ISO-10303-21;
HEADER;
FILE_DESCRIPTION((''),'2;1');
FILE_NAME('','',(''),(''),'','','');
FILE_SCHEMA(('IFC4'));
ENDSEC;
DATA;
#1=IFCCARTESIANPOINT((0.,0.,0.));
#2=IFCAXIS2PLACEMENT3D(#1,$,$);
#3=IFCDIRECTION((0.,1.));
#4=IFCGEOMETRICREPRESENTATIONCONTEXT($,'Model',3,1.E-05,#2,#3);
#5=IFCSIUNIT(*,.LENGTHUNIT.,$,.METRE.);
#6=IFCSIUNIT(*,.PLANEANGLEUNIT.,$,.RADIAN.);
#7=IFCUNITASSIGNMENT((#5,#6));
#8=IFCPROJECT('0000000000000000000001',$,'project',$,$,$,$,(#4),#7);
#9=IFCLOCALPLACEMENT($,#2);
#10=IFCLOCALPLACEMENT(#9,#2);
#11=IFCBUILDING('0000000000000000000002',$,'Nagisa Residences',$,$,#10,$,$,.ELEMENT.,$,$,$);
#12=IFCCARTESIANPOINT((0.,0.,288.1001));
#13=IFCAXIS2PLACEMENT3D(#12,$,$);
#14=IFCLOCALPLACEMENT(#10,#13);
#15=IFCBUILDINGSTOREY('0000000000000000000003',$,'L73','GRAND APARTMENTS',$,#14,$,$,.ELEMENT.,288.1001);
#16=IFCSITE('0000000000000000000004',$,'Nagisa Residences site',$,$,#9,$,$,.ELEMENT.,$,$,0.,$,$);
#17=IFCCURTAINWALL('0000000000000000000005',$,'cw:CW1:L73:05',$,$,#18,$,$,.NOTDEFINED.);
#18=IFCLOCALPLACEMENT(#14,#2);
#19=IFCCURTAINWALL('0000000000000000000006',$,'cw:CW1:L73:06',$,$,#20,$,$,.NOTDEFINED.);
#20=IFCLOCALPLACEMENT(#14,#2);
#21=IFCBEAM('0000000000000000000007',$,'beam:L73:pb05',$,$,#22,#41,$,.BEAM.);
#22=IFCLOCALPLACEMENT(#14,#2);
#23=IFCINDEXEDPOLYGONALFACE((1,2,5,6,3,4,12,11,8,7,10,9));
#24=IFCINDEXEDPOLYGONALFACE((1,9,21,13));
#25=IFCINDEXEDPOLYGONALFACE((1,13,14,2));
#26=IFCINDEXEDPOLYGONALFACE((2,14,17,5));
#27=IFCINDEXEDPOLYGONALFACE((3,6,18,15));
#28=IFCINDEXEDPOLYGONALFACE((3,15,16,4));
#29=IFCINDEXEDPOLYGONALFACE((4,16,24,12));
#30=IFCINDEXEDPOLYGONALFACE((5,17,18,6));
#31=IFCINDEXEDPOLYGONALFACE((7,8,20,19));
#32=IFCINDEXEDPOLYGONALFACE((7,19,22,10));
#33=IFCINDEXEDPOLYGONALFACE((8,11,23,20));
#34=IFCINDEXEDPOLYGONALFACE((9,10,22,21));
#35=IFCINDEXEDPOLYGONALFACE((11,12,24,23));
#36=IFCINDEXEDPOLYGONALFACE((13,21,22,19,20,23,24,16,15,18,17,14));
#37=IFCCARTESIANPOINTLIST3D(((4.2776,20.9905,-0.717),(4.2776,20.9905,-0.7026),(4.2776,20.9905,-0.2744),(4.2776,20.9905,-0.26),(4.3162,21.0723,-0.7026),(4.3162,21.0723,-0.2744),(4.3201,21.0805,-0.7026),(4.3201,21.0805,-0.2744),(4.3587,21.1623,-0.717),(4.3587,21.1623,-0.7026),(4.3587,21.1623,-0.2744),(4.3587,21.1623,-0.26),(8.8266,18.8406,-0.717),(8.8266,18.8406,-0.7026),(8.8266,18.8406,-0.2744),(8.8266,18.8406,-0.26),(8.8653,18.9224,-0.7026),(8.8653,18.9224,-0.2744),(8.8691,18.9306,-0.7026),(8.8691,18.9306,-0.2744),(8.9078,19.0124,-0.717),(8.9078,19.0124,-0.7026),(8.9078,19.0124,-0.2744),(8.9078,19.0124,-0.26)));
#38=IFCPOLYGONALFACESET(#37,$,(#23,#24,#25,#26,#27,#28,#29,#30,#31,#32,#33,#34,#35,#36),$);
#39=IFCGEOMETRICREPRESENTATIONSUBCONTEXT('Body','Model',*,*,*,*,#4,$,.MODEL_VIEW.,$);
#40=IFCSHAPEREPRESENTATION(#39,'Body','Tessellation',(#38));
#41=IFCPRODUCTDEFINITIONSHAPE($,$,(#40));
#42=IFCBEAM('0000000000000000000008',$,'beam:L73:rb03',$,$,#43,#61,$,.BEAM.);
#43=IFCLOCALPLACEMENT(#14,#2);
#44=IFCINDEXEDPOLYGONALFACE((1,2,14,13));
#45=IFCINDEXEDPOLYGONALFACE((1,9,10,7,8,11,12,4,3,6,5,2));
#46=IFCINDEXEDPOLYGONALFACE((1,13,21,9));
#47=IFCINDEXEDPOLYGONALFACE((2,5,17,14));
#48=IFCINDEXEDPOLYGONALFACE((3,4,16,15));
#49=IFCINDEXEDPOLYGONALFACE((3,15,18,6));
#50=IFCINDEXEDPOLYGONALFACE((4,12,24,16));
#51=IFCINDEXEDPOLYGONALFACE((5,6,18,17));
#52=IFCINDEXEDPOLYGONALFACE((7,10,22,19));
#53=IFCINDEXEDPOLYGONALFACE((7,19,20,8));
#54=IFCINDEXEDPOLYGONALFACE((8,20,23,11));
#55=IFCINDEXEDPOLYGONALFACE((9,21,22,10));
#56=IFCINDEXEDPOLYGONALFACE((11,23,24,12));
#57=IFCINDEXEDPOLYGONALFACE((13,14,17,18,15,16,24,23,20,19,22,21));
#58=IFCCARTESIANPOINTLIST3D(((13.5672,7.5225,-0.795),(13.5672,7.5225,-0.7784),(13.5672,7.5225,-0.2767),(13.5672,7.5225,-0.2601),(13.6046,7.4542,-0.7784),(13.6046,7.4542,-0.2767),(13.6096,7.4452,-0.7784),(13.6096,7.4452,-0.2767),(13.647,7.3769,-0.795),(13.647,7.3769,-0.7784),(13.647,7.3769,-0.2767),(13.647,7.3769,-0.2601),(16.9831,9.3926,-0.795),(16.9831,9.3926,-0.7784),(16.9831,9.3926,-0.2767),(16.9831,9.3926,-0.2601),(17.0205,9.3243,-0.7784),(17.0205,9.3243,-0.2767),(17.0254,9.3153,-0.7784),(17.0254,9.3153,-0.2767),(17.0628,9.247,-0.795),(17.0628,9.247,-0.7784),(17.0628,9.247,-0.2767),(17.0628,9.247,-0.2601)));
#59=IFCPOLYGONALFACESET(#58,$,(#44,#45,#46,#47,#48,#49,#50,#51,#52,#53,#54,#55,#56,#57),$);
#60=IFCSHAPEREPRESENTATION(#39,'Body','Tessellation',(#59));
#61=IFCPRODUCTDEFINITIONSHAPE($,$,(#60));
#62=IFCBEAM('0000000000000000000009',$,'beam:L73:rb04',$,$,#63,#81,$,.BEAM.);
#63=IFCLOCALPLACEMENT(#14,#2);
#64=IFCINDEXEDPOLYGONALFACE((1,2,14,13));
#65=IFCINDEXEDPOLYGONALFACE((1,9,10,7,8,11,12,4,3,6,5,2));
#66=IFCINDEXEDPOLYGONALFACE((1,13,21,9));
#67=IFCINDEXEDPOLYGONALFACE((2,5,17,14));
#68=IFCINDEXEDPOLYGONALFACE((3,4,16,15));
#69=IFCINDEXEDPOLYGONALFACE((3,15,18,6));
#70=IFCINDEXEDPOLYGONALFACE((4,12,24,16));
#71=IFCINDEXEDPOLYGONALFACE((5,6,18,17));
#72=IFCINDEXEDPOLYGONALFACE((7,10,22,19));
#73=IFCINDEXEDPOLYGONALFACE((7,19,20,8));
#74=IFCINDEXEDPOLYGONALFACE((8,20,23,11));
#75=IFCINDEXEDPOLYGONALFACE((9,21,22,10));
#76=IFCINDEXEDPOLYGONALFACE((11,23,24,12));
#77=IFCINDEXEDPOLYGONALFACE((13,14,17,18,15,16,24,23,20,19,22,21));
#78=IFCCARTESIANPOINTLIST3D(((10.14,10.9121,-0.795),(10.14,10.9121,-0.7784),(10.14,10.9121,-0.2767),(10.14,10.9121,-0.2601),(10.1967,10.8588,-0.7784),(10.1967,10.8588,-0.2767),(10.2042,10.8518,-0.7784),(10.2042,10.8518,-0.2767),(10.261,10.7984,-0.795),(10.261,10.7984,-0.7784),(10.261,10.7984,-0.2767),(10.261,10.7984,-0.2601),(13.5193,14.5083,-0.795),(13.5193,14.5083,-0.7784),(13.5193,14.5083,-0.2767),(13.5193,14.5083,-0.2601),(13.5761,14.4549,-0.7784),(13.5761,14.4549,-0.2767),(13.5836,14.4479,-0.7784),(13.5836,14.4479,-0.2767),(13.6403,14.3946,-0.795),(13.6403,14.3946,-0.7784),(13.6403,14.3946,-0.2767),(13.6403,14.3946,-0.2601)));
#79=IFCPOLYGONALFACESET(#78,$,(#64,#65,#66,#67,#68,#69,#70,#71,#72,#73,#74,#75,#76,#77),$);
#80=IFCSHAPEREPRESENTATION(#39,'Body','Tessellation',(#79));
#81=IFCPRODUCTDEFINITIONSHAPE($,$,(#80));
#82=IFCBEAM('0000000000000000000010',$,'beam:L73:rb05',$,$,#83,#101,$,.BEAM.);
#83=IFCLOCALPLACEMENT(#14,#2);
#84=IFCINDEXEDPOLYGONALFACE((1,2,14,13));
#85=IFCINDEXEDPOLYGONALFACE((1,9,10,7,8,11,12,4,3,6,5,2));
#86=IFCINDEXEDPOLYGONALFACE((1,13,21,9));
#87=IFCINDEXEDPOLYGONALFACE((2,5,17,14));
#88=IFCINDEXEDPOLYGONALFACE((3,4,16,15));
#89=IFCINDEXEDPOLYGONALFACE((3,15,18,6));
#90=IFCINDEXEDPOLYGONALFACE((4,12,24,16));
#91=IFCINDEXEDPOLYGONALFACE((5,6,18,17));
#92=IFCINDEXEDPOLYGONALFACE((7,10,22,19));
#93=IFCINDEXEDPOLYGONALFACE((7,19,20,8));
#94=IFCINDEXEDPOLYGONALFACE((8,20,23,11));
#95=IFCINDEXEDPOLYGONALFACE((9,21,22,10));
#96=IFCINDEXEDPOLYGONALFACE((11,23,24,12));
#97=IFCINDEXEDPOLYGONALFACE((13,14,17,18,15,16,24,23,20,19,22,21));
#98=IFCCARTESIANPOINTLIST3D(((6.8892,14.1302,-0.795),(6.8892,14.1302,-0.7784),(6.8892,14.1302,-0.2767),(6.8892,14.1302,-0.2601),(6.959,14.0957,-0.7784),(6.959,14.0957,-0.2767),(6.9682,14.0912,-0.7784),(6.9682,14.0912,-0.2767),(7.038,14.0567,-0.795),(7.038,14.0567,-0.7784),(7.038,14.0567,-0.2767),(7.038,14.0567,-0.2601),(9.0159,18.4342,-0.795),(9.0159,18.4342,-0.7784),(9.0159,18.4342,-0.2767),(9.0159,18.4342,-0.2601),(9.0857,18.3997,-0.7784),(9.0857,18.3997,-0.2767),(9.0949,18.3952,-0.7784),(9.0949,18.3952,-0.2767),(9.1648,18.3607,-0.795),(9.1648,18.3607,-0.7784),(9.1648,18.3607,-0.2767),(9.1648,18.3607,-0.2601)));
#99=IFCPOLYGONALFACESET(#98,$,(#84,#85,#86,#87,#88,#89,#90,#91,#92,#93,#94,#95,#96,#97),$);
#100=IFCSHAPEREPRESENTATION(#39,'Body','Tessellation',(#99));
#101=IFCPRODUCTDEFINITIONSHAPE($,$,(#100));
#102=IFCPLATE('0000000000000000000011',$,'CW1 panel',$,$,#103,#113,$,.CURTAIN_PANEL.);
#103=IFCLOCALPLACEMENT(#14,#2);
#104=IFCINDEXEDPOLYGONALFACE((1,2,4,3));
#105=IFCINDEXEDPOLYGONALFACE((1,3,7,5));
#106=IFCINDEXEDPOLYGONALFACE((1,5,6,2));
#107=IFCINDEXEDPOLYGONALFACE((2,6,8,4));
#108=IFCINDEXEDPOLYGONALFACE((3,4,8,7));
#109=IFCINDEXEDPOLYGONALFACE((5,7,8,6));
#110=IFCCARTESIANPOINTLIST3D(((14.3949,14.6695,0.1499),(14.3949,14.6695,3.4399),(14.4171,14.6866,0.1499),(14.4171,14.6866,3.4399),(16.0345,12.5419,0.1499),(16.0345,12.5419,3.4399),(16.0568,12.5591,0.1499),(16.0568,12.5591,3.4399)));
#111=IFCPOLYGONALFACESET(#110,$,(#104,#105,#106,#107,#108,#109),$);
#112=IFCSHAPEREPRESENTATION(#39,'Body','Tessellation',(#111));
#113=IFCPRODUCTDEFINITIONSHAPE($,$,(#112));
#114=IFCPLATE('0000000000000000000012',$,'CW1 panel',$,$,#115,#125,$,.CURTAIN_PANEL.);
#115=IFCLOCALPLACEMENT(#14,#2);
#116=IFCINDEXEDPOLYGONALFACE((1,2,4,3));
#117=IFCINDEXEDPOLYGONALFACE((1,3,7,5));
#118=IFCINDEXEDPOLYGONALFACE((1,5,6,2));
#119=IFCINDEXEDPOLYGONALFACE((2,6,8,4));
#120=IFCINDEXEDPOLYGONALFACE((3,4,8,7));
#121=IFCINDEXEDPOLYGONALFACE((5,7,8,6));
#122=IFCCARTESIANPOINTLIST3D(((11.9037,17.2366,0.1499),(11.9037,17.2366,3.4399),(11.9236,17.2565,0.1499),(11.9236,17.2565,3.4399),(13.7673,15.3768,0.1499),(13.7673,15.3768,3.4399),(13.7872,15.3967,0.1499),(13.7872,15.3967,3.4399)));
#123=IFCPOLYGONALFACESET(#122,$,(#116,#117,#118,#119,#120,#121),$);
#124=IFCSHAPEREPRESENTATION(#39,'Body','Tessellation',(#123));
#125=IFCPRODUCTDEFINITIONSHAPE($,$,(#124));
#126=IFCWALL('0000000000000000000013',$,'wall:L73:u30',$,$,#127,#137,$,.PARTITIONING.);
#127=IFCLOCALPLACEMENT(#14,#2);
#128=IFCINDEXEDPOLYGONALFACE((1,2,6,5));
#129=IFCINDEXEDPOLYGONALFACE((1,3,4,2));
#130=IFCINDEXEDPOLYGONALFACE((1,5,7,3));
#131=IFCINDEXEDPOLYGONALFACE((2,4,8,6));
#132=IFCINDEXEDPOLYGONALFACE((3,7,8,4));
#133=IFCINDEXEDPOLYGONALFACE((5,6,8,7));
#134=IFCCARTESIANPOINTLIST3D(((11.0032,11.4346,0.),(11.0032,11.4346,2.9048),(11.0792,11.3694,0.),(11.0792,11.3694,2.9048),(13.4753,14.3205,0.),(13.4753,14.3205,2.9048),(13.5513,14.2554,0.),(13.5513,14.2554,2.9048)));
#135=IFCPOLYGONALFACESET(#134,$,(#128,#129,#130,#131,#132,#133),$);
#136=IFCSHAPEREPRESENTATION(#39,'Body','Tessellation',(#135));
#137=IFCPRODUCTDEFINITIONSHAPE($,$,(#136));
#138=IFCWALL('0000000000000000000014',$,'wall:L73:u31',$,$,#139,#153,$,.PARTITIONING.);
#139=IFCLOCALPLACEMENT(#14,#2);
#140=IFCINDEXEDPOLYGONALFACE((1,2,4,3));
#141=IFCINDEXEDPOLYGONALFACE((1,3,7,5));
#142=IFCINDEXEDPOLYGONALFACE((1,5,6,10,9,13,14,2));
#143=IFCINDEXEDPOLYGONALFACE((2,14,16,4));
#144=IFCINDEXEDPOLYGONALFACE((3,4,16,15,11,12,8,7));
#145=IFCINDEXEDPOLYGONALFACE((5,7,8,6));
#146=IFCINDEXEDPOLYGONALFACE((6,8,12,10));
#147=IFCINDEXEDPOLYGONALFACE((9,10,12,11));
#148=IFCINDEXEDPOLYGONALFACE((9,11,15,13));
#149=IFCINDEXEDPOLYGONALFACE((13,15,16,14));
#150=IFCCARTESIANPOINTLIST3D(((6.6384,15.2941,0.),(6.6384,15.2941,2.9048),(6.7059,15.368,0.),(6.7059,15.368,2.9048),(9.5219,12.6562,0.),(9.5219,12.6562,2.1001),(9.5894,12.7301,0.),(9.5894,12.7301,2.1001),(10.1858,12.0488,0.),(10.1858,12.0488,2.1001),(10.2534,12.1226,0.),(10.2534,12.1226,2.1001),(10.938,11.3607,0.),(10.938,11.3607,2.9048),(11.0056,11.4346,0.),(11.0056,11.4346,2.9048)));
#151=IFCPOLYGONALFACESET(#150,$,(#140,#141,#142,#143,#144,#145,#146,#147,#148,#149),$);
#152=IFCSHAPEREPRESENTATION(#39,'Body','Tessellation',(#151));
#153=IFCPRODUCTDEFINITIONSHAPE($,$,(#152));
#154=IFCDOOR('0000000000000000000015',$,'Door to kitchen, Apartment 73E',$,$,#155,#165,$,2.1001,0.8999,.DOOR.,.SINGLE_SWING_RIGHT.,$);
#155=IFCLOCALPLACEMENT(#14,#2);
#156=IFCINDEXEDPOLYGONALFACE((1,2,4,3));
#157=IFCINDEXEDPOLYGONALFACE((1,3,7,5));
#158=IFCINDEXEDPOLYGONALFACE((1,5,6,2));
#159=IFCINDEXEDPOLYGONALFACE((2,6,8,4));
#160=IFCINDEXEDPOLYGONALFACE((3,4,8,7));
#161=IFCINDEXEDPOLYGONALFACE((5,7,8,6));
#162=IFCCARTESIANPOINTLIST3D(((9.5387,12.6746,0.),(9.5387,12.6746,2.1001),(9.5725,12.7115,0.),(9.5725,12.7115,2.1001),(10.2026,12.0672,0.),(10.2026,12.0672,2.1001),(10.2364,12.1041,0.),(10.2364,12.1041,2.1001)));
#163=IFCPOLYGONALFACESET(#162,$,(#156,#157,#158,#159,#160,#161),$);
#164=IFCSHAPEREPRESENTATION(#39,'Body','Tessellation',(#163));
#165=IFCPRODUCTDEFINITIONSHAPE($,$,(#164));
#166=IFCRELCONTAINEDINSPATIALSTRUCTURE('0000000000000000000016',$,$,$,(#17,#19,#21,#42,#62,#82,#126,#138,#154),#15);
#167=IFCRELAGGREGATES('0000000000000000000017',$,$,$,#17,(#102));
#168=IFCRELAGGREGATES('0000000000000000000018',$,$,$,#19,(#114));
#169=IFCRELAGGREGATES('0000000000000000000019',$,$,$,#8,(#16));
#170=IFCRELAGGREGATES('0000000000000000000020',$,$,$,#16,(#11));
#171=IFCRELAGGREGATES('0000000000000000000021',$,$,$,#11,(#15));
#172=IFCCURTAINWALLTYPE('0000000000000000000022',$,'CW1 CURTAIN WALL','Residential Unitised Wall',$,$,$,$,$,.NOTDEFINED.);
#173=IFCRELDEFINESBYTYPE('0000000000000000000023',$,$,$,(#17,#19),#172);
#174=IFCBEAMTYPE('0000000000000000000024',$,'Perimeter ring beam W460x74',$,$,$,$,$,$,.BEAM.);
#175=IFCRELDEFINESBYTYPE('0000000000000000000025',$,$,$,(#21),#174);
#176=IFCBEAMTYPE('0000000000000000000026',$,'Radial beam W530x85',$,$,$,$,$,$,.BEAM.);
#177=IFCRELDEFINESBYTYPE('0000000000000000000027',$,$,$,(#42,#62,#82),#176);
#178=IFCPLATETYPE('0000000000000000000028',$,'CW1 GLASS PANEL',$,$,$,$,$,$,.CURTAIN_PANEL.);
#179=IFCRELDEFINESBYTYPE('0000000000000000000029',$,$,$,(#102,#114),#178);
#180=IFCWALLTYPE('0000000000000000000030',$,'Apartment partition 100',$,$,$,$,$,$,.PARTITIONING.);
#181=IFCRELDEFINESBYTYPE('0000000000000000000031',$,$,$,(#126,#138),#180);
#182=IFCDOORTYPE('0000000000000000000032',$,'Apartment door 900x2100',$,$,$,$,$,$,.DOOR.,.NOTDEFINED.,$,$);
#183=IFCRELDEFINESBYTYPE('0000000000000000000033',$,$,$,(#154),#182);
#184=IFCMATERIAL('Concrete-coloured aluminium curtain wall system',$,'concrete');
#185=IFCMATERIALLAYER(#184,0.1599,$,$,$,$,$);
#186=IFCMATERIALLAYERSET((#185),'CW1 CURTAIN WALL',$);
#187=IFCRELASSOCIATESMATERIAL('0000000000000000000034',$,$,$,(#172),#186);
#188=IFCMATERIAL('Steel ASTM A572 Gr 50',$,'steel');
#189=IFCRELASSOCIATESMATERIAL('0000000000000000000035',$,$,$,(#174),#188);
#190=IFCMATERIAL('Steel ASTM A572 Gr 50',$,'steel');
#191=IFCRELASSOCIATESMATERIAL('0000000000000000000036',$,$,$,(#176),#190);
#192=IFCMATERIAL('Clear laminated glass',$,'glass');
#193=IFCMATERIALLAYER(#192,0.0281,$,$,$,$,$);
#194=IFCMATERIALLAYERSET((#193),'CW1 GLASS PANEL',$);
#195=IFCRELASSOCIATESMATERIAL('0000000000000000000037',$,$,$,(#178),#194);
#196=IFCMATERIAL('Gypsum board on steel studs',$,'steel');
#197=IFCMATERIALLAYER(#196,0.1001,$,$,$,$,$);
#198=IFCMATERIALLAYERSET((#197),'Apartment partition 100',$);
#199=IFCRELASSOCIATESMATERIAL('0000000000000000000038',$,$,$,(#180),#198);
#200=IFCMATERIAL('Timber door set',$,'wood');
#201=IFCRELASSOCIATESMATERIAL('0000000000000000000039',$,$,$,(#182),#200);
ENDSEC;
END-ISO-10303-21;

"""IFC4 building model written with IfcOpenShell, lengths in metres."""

from ifc_helpers import new_model, si_unit, direction, frame, frame_2d, origin, origin_2d, place, context, subcontext, project, spatial, rectangle, i_section, extrude, material, layer, layer_set, material_profile, profile_set, type_object, element, fill, aggregate, save


model = new_model("IFC4")

# Units and contexts
model_context = context("Model", 3, precision=1e-05, world=origin(), true_north=direction((0.0, 1.0)))
body_context = subcontext(model_context, "Body", "Model", "MODEL_VIEW")
ifc_project = project(units=[si_unit("LENGTHUNIT", "METRE"), si_unit("PLANEANGLEUNIT", "RADIAN")], contexts=[model_context])

# Site, building, storey
site_placement = place(None, origin())
site = spatial("IfcSite", under=ifc_project, at=site_placement, Name="Nagisa Residences site", CompositionType="ELEMENT", RefElevation=0.0)
building_placement = place(site_placement, origin())
building = spatial("IfcBuilding", under=site, at=building_placement, Name="Nagisa Residences", CompositionType="ELEMENT")
storey_placement = place(building_placement, frame((0.0, 0.0, 288.1001)))
storey = spatial("IfcBuildingStorey", under=building, at=storey_placement, Name="L73", Description="GRAND APARTMENTS", CompositionType="ELEMENT", Elevation=288.1001)

# Curtain walls
ifc_material_1 = material(Name="Concrete-coloured aluminium curtain wall system", Category="concrete")
ifc_layer_1 = layer(ifc_material_1, 0.1599)
ifc_layer_set_1 = layer_set([ifc_layer_1], Name="CW1 CURTAIN WALL")
curtain_wall_type = type_object("IfcCurtainWallType", Name="CW1 CURTAIN WALL", Description="Residential Unitised Wall", PredefinedType="NOTDEFINED", material=ifc_layer_set_1)
curtain_wall_1_placement = place(storey_placement, origin())
curtain_wall_1 = element("IfcCurtainWall", 1, at=curtain_wall_1_placement, inside=storey, type_object=curtain_wall_type, Name="cw:CW1:L73:05", PredefinedType="NOTDEFINED")
curtain_wall_2_placement = place(storey_placement, origin())
curtain_wall_2 = element("IfcCurtainWall", 2, at=curtain_wall_2_placement, inside=storey, type_object=curtain_wall_type, Name="cw:CW1:L73:06", PredefinedType="NOTDEFINED")

# Beams
ifc_material_2 = material(Name="Steel ASTM A572 Gr 50", Category="steel")
ifc_material_profile_1 = material_profile(ifc_material_2, i_section(OverallWidth=0.1899, OverallDepth=0.457, WebThickness=0.009, FlangeThickness=0.0144, at=origin_2d()), Name="W460x74")
ifc_profile_set_1 = profile_set([ifc_material_profile_1], Name="Steel ASTM A572 Gr 50")
beam_type_1 = type_object("IfcBeamType", Name="Perimeter ring beam W460x74", PredefinedType="BEAM", material=ifc_profile_set_1)
beam_1_placement = place(storey_placement, frame((8.8672, 18.9265, -0.4885), z_axis=(-0.904116, 0.427287, 0.0), x_axis=(-0.427287, -0.904116, 0.0)))
element("IfcBeam", 3, at=beam_1_placement, inside=storey, type_object=beam_type_1, Name="beam:L73:pb05", PredefinedType="BEAM", context=body_context, shape_type="SweptSolid", body=[
    extrude(i_section(OverallWidth=0.1899, OverallDepth=0.457, WebThickness=0.009, FlangeThickness=0.0144, at=origin_2d()), origin(), (0.0, 0.0, 1.0), 5.0315),
])
ifc_material_3 = material(Name="Steel ASTM A572 Gr 50", Category="steel")
ifc_material_profile_2 = material_profile(ifc_material_3, i_section(OverallWidth=0.166, OverallDepth=0.5349, WebThickness=0.0103, FlangeThickness=0.0166, at=origin_2d()), Name="W530x85")
ifc_profile_set_2 = profile_set([ifc_material_profile_2], Name="Steel ASTM A572 Gr 50")
beam_type_2 = type_object("IfcBeamType", Name="Radial beam W530x85", PredefinedType="BEAM", material=ifc_profile_set_2)
beam_2_placement = place(storey_placement, frame((17.0229, 9.3198, -0.5276), z_axis=(-0.877142, -0.480231, 0.0), x_axis=(0.480231, -0.877142, 0.0)))
element("IfcBeam", 4, at=beam_2_placement, inside=storey, type_object=beam_type_2, Name="beam:L73:rb03", PredefinedType="BEAM", context=body_context, shape_type="SweptSolid", body=[
    extrude(i_section(OverallWidth=0.166, OverallDepth=0.5349, WebThickness=0.0103, FlangeThickness=0.0166, at=origin_2d()), origin(), (0.0, 0.0, 1.0), 3.8943),
])
beam_3_placement = place(storey_placement, frame((13.5798, 14.4514, -0.5276), z_axis=(-0.6848, -0.728731, 0.0), x_axis=(0.728731, -0.6848, 0.0)))
element("IfcBeam", 5, at=beam_3_placement, inside=storey, type_object=beam_type_2, Name="beam:L73:rb04", PredefinedType="BEAM", context=body_context, shape_type="SweptSolid", body=[
    extrude(i_section(OverallWidth=0.166, OverallDepth=0.5349, WebThickness=0.0103, FlangeThickness=0.0166, at=origin_2d()), origin(), (0.0, 0.0, 1.0), 4.9348),
])
beam_4_placement = place(storey_placement, frame((9.0903, 18.3975, -0.5276), z_axis=(-0.442998, -0.896523, 0.0), x_axis=(0.896523, -0.442998, 0.0)))
element("IfcBeam", 6, at=beam_4_placement, inside=storey, type_object=beam_type_2, Name="beam:L73:rb05", PredefinedType="BEAM", context=body_context, shape_type="SweptSolid", body=[
    extrude(i_section(OverallWidth=0.166, OverallDepth=0.5349, WebThickness=0.0103, FlangeThickness=0.0166, at=origin_2d()), origin(), (0.0, 0.0, 1.0), 4.8008),
])

# Plates
ifc_material_4 = material(Name="Clear laminated glass", Category="glass")
ifc_layer_2 = layer(ifc_material_4, 0.0281)
ifc_layer_set_2 = layer_set([ifc_layer_2], Name="CW1 GLASS PANEL")
plate_type = type_object("IfcPlateType", Name="CW1 GLASS PANEL", PredefinedType="CURTAIN_PANEL", material=ifc_layer_set_2)
plate_1_placement = place(storey_placement, frame((15.2258, 13.6143, 0.1499), z_axis=(0.0, 0.0, 1.0), x_axis=(-0.61043, 0.79207, 0.0)))
plate_1 = element("IfcPlate", 7, at=plate_1_placement, type_object=plate_type, Name="CW1 panel", PredefinedType="CURTAIN_PANEL", context=body_context, shape_type="SweptSolid", body=[
    extrude(rectangle(XDim=2.686, YDim=0.0281, at=origin_2d()), origin(), (0.0, 0.0, 1.0), 3.29),
])
aggregate(curtain_wall_1, [plate_1])
plate_2_placement = place(storey_placement, frame((12.8455, 16.3167, 0.1499), z_axis=(0.0, 0.0, 1.0), x_axis=(-0.707836, 0.706377, 0.0)))
plate_2 = element("IfcPlate", 8, at=plate_2_placement, type_object=plate_type, Name="CW1 panel", PredefinedType="CURTAIN_PANEL", context=body_context, shape_type="SweptSolid", body=[
    extrude(rectangle(XDim=2.6328, YDim=0.0281, at=origin_2d()), origin(), (0.0, 0.0, 1.0), 3.29),
])
aggregate(curtain_wall_2, [plate_2])

# Wall
ifc_material_5 = material(Name="Gypsum board on steel studs", Category="steel")
ifc_layer_3 = layer(ifc_material_5, 0.1001)
ifc_layer_set_3 = layer_set([ifc_layer_3], Name="Apartment partition 100")
wall_type_1 = type_object("IfcWallType", Name="Apartment partition 100", PredefinedType="PARTITIONING", material=ifc_layer_set_3)
wall_1_placement = place(storey_placement, frame((11.0413, 11.4021, 0.0), z_axis=(0.0, 0.0, 1.0), x_axis=(0.650559, 0.759456, 0.0)))
element("IfcWall", 9, at=wall_1_placement, inside=storey, type_object=wall_type_1, Name="wall:L73:u30", PredefinedType="PARTITIONING", context=body_context, shape_type="SweptSolid", body=[
    extrude(rectangle(XDim=3.8, YDim=0.1001, at=frame_2d((1.8999, 0.0))), origin(), (0.0, 0.0, 1.0), 2.9048),
])

# Wall, opening, door
wall_2_placement = place(storey_placement, frame((10.9717, 11.3977, 0.0), z_axis=(0.0, 0.0, 1.0), x_axis=(-0.73783, 0.674986, 0.0)))
wall_2 = element("IfcWall", 10, at=wall_2_placement, inside=storey, type_object=wall_type_1, Name="wall:L73:u31", PredefinedType="PARTITIONING", context=body_context, shape_type="SweptSolid", body=[
    extrude(rectangle(XDim=5.8274, YDim=0.1001, at=frame_2d((2.9136, 0.0))), origin(), (0.0, 0.0, 1.0), 2.9048),
])
opening_1_placement = place(wall_2_placement, frame((1.0193, 0.0, 0.0)))
opening_1 = element("IfcOpeningElement", 11, at=opening_1_placement, cuts=wall_2, PredefinedType="OPENING", context=body_context, shape_type="SweptSolid", body=[
    extrude(rectangle(XDim=0.8999, YDim=2.1001, at=frame_2d((0.45, 1.05))), frame((0.0, 0.0601, 0.0), z_axis=(0.0, -1.0, 0.0), x_axis=(1.0, 0.0, 0.0)), (0.0, 0.0, 1.0), 0.1201),
])
ifc_material_6 = material(Name="Timber door set", Category="wood")
door_type_1 = type_object("IfcDoorType", Name="Apartment door 900x2100", OperationType="NOTDEFINED", PredefinedType="DOOR", material=ifc_material_6)
door_1_placement = place(opening_1_placement, frame((0.8999, 0.0, 0.0), x_axis=(-1.0, 0.0, 0.0)))
door_1 = element("IfcDoor", 12, at=door_1_placement, inside=storey, type_object=door_type_1, Name="Door to kitchen, Apartment 73E", OperationType="SINGLE_SWING_RIGHT", OverallHeight=2.1001, OverallWidth=0.8999, PredefinedType="DOOR", context=body_context, shape_type="SweptSolid", body=[
    extrude(rectangle(XDim=0.8999, YDim=2.1001, at=frame_2d((0.45, 1.05))), frame((0.0, 0.0249, 0.0), z_axis=(0.0, -1.0, 0.0), x_axis=(1.0, 0.0, 0.0)), (0.0, 0.0, 1.0), 0.05),
])
fill(opening_1, door_1)

save(model, "model.ifc")
